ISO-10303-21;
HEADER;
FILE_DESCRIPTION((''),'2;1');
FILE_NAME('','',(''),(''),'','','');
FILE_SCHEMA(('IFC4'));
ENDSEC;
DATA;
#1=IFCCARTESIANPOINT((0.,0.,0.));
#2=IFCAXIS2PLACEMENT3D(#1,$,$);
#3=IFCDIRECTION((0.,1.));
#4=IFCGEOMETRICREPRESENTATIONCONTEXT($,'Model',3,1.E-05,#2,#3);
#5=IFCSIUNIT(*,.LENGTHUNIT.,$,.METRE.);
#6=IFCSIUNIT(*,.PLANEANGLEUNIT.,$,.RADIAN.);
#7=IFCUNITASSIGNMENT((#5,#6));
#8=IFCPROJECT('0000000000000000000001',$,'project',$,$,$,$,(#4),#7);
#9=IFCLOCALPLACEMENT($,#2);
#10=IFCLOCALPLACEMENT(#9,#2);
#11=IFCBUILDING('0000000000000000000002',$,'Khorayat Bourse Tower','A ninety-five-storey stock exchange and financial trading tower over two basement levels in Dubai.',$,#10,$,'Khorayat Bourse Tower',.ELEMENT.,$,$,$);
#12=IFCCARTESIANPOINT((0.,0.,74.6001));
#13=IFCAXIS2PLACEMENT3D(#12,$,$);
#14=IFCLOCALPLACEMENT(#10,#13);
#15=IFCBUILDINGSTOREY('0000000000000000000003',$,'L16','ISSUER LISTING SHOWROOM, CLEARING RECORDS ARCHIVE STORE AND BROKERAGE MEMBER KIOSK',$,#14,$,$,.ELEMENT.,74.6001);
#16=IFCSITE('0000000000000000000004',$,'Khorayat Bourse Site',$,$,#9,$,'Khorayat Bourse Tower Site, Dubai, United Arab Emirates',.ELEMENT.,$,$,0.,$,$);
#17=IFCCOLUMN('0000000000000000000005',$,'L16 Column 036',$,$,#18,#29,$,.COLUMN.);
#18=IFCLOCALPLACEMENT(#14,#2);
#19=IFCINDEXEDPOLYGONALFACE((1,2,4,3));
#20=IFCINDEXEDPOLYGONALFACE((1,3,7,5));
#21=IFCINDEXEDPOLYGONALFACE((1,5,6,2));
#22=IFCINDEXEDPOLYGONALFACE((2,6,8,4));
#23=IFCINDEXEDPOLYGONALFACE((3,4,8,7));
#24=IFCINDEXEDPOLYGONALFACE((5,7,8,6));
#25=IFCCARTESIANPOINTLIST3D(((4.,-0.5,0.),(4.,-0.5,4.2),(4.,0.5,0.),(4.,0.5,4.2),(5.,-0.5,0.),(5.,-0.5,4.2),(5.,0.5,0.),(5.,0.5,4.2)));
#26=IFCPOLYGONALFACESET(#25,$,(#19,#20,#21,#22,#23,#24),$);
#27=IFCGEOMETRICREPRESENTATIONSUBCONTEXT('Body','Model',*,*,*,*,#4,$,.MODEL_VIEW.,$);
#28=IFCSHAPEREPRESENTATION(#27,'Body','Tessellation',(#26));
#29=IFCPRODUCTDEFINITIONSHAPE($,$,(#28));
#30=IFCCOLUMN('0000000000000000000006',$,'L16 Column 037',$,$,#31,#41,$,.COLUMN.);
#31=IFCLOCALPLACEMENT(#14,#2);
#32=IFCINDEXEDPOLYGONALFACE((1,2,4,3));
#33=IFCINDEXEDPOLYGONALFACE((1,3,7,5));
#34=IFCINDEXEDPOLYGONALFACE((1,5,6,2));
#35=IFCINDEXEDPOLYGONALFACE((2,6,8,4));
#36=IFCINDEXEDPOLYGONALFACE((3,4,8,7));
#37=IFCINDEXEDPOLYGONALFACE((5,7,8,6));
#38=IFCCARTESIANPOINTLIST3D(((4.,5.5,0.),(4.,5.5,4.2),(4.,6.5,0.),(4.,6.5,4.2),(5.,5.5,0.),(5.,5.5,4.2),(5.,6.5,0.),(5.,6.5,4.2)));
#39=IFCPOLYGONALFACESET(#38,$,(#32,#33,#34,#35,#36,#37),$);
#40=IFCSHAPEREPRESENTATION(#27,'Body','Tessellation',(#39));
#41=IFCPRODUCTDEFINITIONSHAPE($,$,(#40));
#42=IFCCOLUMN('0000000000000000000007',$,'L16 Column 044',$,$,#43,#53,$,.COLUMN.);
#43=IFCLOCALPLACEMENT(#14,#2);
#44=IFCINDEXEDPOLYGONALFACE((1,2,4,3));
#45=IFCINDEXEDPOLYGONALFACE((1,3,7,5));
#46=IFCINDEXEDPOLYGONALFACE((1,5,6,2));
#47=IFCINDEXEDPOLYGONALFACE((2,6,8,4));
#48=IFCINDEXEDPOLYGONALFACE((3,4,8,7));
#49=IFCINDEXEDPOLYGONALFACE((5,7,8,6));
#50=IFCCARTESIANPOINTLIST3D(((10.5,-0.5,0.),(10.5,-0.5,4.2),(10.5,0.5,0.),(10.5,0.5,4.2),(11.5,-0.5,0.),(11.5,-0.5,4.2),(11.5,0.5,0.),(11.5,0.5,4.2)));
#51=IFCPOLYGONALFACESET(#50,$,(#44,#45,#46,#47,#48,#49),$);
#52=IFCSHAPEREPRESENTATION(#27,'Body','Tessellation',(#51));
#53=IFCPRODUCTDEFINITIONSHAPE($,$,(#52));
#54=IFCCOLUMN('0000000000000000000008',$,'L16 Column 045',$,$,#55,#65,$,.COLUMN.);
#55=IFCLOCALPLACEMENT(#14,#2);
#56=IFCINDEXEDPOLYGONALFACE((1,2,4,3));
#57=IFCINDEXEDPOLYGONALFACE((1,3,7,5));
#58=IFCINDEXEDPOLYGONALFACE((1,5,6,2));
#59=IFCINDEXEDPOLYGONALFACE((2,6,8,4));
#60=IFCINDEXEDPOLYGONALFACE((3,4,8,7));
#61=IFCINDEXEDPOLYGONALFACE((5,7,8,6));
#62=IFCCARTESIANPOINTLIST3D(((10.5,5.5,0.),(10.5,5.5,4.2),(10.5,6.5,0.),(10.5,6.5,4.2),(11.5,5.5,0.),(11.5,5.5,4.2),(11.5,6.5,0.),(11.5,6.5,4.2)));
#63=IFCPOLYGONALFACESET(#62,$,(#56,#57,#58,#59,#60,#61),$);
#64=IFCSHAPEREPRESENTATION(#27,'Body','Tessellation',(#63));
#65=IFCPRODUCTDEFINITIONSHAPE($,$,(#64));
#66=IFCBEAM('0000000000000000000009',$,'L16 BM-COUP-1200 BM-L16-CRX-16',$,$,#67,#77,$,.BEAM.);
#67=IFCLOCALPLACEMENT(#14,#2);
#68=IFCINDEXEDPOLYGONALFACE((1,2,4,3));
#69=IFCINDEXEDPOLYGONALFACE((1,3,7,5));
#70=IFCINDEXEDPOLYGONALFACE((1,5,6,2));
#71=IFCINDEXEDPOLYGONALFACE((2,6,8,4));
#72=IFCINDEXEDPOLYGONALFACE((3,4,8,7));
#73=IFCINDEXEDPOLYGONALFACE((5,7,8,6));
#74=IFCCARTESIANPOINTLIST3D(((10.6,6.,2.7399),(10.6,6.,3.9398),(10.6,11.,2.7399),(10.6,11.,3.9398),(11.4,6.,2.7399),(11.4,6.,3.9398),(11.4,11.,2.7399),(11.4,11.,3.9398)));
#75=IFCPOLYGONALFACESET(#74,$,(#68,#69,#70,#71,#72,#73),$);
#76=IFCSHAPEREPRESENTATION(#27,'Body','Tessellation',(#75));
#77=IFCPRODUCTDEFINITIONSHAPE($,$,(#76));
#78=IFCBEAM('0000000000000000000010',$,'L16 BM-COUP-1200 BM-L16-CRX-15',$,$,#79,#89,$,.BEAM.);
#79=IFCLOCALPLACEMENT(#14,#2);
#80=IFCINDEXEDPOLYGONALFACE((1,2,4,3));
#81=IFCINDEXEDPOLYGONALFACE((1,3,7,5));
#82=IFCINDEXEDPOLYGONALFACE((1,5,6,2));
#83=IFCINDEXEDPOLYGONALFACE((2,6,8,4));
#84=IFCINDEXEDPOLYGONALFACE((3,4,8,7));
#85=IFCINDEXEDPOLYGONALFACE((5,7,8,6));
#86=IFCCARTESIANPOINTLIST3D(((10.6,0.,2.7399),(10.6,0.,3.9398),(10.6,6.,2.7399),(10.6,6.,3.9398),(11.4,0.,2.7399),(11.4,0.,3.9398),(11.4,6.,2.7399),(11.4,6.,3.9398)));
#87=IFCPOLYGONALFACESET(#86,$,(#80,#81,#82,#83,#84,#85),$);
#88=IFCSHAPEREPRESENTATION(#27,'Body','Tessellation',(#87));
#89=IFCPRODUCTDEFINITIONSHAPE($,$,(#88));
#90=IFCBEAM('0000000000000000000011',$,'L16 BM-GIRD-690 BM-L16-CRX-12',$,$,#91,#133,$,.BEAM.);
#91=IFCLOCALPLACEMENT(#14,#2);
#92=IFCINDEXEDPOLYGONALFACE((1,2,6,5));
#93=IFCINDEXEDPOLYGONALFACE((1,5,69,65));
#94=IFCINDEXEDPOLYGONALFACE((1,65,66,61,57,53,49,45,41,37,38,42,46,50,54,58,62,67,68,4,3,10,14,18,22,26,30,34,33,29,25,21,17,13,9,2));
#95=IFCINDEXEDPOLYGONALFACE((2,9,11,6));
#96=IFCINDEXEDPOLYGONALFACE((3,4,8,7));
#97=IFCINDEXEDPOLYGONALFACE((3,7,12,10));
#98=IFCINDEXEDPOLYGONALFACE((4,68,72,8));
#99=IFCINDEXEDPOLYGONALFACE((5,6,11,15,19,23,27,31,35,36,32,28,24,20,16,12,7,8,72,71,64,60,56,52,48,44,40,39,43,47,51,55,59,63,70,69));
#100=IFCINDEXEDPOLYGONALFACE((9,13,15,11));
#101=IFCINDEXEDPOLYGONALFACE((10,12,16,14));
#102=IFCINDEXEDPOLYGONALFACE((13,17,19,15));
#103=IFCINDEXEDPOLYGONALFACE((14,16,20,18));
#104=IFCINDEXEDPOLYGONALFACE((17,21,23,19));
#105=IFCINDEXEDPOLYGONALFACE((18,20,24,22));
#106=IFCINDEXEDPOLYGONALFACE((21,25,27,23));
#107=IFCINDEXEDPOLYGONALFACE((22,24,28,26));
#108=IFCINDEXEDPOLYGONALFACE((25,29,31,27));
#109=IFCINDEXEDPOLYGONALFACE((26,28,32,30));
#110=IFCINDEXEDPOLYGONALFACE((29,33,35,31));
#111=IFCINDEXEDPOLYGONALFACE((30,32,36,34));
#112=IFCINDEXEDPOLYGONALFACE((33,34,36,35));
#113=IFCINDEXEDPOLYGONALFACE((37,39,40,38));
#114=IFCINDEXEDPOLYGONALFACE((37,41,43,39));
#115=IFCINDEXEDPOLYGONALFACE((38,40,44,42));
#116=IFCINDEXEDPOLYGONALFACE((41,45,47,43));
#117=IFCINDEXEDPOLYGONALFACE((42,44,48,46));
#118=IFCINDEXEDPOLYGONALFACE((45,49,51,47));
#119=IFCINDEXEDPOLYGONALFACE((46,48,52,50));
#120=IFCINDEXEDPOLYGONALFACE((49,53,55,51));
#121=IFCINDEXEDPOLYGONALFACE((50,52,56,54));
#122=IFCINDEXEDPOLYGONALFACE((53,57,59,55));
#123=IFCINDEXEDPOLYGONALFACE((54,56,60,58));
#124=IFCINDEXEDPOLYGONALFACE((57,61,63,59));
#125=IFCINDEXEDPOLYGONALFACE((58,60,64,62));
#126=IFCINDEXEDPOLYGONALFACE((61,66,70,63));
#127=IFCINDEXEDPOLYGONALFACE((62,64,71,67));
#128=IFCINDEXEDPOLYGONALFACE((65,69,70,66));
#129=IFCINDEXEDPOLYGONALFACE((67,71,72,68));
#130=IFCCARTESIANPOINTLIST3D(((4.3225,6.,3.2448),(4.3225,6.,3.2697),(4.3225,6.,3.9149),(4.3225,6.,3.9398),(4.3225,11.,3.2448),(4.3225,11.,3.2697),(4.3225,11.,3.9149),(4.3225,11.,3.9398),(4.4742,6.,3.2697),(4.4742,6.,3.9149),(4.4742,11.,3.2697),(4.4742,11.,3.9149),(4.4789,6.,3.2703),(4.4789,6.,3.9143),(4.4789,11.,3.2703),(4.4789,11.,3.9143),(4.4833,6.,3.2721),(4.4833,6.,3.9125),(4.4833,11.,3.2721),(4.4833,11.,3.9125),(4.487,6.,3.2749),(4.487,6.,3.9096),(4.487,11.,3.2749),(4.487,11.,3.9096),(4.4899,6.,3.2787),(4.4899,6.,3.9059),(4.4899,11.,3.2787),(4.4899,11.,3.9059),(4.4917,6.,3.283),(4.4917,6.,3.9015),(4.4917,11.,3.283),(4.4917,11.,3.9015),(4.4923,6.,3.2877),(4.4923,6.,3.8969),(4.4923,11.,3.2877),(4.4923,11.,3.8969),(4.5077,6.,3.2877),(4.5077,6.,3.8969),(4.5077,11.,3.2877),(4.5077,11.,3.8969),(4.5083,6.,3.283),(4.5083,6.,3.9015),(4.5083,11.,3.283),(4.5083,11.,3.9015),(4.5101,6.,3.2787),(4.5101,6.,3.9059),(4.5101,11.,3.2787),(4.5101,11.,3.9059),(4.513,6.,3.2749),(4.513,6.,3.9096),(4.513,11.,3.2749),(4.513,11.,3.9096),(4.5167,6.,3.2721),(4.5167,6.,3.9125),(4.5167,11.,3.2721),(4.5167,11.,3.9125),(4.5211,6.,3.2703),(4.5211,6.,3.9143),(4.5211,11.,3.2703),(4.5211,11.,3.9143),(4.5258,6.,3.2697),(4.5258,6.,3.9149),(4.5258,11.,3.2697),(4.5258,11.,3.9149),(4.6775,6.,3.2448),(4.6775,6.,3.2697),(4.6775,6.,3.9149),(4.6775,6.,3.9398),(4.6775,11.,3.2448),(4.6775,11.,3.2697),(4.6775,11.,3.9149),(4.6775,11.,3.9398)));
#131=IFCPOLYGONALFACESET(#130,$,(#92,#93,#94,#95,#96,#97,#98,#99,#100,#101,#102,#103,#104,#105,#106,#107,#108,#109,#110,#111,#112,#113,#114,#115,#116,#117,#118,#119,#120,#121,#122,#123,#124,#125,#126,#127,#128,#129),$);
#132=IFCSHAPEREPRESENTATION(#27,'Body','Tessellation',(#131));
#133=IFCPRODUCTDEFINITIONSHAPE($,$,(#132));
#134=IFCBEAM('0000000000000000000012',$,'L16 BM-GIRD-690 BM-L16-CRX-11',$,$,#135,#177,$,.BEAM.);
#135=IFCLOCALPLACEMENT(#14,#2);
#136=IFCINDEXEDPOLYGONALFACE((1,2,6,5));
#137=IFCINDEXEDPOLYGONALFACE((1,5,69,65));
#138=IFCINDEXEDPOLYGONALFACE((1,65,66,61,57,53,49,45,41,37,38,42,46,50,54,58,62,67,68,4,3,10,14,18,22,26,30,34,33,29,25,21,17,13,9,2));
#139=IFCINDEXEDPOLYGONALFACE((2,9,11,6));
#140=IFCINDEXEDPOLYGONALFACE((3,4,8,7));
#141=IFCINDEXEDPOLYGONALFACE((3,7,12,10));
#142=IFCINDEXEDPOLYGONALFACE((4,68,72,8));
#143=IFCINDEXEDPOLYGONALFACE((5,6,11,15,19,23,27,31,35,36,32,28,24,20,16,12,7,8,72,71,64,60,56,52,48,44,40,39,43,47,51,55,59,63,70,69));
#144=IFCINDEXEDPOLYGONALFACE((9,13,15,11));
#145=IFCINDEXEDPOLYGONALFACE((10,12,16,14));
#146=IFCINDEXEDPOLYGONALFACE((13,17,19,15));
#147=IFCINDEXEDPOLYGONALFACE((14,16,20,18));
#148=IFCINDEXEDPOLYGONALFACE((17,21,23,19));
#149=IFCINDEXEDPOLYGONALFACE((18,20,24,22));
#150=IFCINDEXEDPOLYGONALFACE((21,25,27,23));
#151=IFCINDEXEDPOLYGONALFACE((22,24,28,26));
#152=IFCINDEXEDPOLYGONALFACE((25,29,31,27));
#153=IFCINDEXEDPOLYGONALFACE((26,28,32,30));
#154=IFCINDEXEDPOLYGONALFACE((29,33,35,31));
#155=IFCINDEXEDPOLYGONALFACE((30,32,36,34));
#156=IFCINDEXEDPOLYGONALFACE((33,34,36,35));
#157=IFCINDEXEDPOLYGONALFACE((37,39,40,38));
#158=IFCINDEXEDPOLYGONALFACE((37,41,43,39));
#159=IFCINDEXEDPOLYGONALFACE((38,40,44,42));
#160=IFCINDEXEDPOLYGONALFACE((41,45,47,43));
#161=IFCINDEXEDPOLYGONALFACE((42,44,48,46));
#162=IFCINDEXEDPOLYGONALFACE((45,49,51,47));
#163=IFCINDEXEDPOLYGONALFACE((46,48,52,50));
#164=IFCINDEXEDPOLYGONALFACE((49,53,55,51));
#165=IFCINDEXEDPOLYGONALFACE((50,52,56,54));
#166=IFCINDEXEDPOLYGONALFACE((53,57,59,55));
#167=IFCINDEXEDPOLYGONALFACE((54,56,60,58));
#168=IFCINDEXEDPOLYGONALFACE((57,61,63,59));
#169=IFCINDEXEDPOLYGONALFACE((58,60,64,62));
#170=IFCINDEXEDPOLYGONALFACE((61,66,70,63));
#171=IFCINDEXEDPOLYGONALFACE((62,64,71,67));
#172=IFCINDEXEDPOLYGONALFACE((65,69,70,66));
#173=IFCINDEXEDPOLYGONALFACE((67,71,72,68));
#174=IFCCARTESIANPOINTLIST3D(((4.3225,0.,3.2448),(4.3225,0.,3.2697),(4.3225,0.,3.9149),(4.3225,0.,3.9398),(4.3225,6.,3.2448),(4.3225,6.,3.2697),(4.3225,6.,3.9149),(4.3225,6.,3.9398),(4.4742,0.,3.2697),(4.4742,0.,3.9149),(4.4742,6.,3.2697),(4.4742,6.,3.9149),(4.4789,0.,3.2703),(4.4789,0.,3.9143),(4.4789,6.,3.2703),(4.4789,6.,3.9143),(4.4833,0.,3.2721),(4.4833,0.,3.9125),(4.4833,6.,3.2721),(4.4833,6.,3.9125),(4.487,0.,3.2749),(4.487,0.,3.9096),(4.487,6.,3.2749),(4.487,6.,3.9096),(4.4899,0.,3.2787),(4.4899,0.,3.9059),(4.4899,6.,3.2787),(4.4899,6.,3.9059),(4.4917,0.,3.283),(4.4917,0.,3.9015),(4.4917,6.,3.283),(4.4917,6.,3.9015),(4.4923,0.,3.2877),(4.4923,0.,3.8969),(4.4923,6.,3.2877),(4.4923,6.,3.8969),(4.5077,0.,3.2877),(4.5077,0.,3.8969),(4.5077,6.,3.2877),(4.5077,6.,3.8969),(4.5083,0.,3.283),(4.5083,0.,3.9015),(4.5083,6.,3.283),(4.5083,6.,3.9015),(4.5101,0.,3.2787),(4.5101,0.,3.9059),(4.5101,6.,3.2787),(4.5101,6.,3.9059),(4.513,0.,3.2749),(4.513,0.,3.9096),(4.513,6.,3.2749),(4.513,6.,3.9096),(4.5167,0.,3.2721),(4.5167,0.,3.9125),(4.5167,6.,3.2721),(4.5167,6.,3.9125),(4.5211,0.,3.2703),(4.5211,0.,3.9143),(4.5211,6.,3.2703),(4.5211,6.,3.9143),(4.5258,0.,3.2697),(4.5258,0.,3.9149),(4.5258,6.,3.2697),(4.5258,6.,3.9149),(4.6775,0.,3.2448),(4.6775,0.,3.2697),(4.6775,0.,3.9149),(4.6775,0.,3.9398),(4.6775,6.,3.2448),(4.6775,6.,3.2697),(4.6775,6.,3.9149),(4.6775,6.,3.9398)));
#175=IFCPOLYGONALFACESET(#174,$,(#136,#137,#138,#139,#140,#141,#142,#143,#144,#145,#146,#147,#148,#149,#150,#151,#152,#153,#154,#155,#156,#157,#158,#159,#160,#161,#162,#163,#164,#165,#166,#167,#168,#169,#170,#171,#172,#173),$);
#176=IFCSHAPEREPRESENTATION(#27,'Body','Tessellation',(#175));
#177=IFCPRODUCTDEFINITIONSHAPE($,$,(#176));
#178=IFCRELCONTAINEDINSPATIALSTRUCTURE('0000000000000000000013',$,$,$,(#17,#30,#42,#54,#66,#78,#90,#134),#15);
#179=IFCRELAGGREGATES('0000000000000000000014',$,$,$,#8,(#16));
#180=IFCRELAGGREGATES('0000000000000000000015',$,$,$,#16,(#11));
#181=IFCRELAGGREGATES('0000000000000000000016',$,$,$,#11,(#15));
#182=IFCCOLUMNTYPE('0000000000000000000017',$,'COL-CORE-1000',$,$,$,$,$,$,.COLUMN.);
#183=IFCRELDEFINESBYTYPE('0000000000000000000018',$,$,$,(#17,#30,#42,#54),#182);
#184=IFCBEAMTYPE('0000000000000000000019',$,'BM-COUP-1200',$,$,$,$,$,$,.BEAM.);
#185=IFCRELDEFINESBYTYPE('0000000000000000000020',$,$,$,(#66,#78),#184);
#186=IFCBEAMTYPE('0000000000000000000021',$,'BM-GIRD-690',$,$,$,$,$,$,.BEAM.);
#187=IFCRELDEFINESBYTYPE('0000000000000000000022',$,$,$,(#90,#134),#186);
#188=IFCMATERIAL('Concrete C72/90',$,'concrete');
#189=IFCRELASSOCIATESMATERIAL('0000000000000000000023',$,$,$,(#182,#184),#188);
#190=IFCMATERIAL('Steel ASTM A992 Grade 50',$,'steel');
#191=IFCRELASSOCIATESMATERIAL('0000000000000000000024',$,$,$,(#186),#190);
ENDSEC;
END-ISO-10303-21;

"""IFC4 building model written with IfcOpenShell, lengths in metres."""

from ifc_helpers import new_model, si_unit, direction, frame, origin, origin_2d, place, context, subcontext, project, spatial, rectangle, i_section, extrude, source, transform, mapped, material, material_profile, profile_set, type_object, element, save


model = new_model("IFC4")

# Units and contexts
model_context = context("Model", 3, precision=1e-05, world=origin(), true_north=direction((0.0, 1.0)))
body_context = subcontext(model_context, "Body", "Model", "MODEL_VIEW")
ifc_project = project(units=[si_unit("LENGTHUNIT", "METRE"), si_unit("PLANEANGLEUNIT", "RADIAN")], contexts=[model_context])

# Site, building, storey
site_placement = place(None, origin())
site = spatial("IfcSite", under=ifc_project, at=site_placement, Name="Khorayat Bourse Site", LongName="Khorayat Bourse Tower Site, Dubai, United Arab Emirates", CompositionType="ELEMENT", RefElevation=0.0)
building_placement = place(site_placement, origin())
building = spatial("IfcBuilding", under=site, at=building_placement, Name="Khorayat Bourse Tower", Description="A ninety-five-storey stock exchange and financial trading tower over two basement levels in Dubai.", LongName="Khorayat Bourse Tower", CompositionType="ELEMENT")
storey_placement = place(building_placement, frame((0.0, 0.0, 74.6001)))
storey = spatial("IfcBuildingStorey", under=building, at=storey_placement, Name="L16", Description="ISSUER LISTING SHOWROOM, CLEARING RECORDS ARCHIVE STORE AND BROKERAGE MEMBER KIOSK", CompositionType="ELEMENT", Elevation=74.6001)

# Columns
ifc_material_1 = material(Name="Concrete C72/90", Category="concrete")
ifc_material_profile_1 = material_profile(ifc_material_1, rectangle(XDim=1.0, YDim=1.0, at=origin_2d()), Name="RC 1000x1000")
ifc_profile_set_1 = profile_set([ifc_material_profile_1], Name="Concrete C72/90")
column_type = type_object("IfcColumnType", Name="COL-CORE-1000", PredefinedType="COLUMN", material=ifc_profile_set_1)
shared_shape_1 = source(origin(), body_context, "Body", "SweptSolid", [
    extrude(rectangle(XDim=1.0, YDim=1.0, at=origin_2d()), origin(), (0.0, 0.0, 1.0), 4.2),
])
for number, where, z_axis, x_axis, name in (
    (1, (4.5, 0.0, 0.0), (0.0, 0.0, 1.0), (1.0, 0.0, 0.0), "L16 Column 036"),
    (2, (4.5, 6.0, 0.0), (0.0, 0.0, 1.0), (1.0, 0.0, 0.0), "L16 Column 037"),
    (3, (11.0, 0.0, 0.0), (0.0, 0.0, 1.0), (1.0, 0.0, 0.0), "L16 Column 044"),
    (4, (11.0, 6.0, 0.0), (0.0, 0.0, 1.0), (1.0, 0.0, 0.0), "L16 Column 045"),
):
    element("IfcColumn", number, at=place(storey_placement, frame(where, z_axis=z_axis, x_axis=x_axis)), inside=storey, type_object=column_type, Name=name, PredefinedType="COLUMN", context=body_context, shape_type="MappedRepresentation", body=[
        mapped(shared_shape_1, transform((0.0, 0.0, 0.0), scale=1.0)),
    ])

# Beams
ifc_material_profile_2 = material_profile(ifc_material_1, rectangle(XDim=0.8, YDim=1.2, at=origin_2d()), Name="RC 800x1200")
ifc_profile_set_2 = profile_set([ifc_material_profile_2], Name="Concrete C72/90")
beam_type_1 = type_object("IfcBeamType", Name="BM-COUP-1200", PredefinedType="BEAM", material=ifc_profile_set_2)
shared_shape_2 = source(origin(), body_context, "Body", "SweptSolid", [
    extrude(rectangle(XDim=0.8, YDim=1.2, at=origin_2d()), origin(), (0.0, 0.0, 1.0), 5.0),
])
beam_1_placement = place(storey_placement, frame((11.0, 6.0, 3.3398), z_axis=(0.0, 1.0, 0.0), x_axis=(-1.0, 0.0, 0.0)))
element("IfcBeam", 5, at=beam_1_placement, inside=storey, type_object=beam_type_1, Name="L16 BM-COUP-1200 BM-L16-CRX-16", PredefinedType="BEAM", context=body_context, shape_type="MappedRepresentation", body=[
    mapped(shared_shape_2, transform((0.0, 0.0, 0.0), scale=1.0)),
])
shared_shape_3 = source(origin(), body_context, "Body", "SweptSolid", [
    extrude(rectangle(XDim=0.8, YDim=1.2, at=origin_2d()), origin(), (0.0, 0.0, 1.0), 6.0),
])
beam_2_placement = place(storey_placement, frame((11.0, 0.0, 3.3398), z_axis=(0.0, 1.0, 0.0), x_axis=(-1.0, 0.0, 0.0)))
element("IfcBeam", 6, at=beam_2_placement, inside=storey, type_object=beam_type_1, Name="L16 BM-COUP-1200 BM-L16-CRX-15", PredefinedType="BEAM", context=body_context, shape_type="MappedRepresentation", body=[
    mapped(shared_shape_3, transform((0.0, 0.0, 0.0), scale=1.0)),
])
ifc_material_2 = material(Name="Steel ASTM A992 Grade 50", Category="steel")
ifc_material_profile_3 = material_profile(ifc_material_2, i_section(OverallWidth=0.355, OverallDepth=0.6951, WebThickness=0.0154, FlangeThickness=0.0249, FilletRadius=0.0181, at=origin_2d()), Name="W690X217")
ifc_profile_set_3 = profile_set([ifc_material_profile_3], Name="Steel ASTM A992 Grade 50")
beam_type_2 = type_object("IfcBeamType", Name="BM-GIRD-690", PredefinedType="BEAM", material=ifc_profile_set_3)
shared_shape_4 = source(origin(), body_context, "Body", "SweptSolid", [
    extrude(i_section(OverallWidth=0.355, OverallDepth=0.6951, WebThickness=0.0154, FlangeThickness=0.0249, FilletRadius=0.0181, at=origin_2d()), origin(), (0.0, 0.0, 1.0), 5.0),
])
beam_3_placement = place(storey_placement, frame((4.5, 6.0, 3.5923), z_axis=(0.0, 1.0, 0.0), x_axis=(-1.0, 0.0, 0.0)))
element("IfcBeam", 7, at=beam_3_placement, inside=storey, type_object=beam_type_2, Name="L16 BM-GIRD-690 BM-L16-CRX-12", PredefinedType="BEAM", context=body_context, shape_type="MappedRepresentation", body=[
    mapped(shared_shape_4, transform((0.0, 0.0, 0.0), scale=1.0)),
])
shared_shape_5 = source(origin(), body_context, "Body", "SweptSolid", [
    extrude(i_section(OverallWidth=0.355, OverallDepth=0.6951, WebThickness=0.0154, FlangeThickness=0.0249, FilletRadius=0.0181, at=origin_2d()), origin(), (0.0, 0.0, 1.0), 6.0),
])
beam_4_placement = place(storey_placement, frame((4.5, 0.0, 3.5923), z_axis=(0.0, 1.0, 0.0), x_axis=(-1.0, 0.0, 0.0)))
element("IfcBeam", 8, at=beam_4_placement, inside=storey, type_object=beam_type_2, Name="L16 BM-GIRD-690 BM-L16-CRX-11", PredefinedType="BEAM", context=body_context, shape_type="MappedRepresentation", body=[
    mapped(shared_shape_5, transform((0.0, 0.0, 0.0), scale=1.0)),
])

save(model, "model.ifc")
